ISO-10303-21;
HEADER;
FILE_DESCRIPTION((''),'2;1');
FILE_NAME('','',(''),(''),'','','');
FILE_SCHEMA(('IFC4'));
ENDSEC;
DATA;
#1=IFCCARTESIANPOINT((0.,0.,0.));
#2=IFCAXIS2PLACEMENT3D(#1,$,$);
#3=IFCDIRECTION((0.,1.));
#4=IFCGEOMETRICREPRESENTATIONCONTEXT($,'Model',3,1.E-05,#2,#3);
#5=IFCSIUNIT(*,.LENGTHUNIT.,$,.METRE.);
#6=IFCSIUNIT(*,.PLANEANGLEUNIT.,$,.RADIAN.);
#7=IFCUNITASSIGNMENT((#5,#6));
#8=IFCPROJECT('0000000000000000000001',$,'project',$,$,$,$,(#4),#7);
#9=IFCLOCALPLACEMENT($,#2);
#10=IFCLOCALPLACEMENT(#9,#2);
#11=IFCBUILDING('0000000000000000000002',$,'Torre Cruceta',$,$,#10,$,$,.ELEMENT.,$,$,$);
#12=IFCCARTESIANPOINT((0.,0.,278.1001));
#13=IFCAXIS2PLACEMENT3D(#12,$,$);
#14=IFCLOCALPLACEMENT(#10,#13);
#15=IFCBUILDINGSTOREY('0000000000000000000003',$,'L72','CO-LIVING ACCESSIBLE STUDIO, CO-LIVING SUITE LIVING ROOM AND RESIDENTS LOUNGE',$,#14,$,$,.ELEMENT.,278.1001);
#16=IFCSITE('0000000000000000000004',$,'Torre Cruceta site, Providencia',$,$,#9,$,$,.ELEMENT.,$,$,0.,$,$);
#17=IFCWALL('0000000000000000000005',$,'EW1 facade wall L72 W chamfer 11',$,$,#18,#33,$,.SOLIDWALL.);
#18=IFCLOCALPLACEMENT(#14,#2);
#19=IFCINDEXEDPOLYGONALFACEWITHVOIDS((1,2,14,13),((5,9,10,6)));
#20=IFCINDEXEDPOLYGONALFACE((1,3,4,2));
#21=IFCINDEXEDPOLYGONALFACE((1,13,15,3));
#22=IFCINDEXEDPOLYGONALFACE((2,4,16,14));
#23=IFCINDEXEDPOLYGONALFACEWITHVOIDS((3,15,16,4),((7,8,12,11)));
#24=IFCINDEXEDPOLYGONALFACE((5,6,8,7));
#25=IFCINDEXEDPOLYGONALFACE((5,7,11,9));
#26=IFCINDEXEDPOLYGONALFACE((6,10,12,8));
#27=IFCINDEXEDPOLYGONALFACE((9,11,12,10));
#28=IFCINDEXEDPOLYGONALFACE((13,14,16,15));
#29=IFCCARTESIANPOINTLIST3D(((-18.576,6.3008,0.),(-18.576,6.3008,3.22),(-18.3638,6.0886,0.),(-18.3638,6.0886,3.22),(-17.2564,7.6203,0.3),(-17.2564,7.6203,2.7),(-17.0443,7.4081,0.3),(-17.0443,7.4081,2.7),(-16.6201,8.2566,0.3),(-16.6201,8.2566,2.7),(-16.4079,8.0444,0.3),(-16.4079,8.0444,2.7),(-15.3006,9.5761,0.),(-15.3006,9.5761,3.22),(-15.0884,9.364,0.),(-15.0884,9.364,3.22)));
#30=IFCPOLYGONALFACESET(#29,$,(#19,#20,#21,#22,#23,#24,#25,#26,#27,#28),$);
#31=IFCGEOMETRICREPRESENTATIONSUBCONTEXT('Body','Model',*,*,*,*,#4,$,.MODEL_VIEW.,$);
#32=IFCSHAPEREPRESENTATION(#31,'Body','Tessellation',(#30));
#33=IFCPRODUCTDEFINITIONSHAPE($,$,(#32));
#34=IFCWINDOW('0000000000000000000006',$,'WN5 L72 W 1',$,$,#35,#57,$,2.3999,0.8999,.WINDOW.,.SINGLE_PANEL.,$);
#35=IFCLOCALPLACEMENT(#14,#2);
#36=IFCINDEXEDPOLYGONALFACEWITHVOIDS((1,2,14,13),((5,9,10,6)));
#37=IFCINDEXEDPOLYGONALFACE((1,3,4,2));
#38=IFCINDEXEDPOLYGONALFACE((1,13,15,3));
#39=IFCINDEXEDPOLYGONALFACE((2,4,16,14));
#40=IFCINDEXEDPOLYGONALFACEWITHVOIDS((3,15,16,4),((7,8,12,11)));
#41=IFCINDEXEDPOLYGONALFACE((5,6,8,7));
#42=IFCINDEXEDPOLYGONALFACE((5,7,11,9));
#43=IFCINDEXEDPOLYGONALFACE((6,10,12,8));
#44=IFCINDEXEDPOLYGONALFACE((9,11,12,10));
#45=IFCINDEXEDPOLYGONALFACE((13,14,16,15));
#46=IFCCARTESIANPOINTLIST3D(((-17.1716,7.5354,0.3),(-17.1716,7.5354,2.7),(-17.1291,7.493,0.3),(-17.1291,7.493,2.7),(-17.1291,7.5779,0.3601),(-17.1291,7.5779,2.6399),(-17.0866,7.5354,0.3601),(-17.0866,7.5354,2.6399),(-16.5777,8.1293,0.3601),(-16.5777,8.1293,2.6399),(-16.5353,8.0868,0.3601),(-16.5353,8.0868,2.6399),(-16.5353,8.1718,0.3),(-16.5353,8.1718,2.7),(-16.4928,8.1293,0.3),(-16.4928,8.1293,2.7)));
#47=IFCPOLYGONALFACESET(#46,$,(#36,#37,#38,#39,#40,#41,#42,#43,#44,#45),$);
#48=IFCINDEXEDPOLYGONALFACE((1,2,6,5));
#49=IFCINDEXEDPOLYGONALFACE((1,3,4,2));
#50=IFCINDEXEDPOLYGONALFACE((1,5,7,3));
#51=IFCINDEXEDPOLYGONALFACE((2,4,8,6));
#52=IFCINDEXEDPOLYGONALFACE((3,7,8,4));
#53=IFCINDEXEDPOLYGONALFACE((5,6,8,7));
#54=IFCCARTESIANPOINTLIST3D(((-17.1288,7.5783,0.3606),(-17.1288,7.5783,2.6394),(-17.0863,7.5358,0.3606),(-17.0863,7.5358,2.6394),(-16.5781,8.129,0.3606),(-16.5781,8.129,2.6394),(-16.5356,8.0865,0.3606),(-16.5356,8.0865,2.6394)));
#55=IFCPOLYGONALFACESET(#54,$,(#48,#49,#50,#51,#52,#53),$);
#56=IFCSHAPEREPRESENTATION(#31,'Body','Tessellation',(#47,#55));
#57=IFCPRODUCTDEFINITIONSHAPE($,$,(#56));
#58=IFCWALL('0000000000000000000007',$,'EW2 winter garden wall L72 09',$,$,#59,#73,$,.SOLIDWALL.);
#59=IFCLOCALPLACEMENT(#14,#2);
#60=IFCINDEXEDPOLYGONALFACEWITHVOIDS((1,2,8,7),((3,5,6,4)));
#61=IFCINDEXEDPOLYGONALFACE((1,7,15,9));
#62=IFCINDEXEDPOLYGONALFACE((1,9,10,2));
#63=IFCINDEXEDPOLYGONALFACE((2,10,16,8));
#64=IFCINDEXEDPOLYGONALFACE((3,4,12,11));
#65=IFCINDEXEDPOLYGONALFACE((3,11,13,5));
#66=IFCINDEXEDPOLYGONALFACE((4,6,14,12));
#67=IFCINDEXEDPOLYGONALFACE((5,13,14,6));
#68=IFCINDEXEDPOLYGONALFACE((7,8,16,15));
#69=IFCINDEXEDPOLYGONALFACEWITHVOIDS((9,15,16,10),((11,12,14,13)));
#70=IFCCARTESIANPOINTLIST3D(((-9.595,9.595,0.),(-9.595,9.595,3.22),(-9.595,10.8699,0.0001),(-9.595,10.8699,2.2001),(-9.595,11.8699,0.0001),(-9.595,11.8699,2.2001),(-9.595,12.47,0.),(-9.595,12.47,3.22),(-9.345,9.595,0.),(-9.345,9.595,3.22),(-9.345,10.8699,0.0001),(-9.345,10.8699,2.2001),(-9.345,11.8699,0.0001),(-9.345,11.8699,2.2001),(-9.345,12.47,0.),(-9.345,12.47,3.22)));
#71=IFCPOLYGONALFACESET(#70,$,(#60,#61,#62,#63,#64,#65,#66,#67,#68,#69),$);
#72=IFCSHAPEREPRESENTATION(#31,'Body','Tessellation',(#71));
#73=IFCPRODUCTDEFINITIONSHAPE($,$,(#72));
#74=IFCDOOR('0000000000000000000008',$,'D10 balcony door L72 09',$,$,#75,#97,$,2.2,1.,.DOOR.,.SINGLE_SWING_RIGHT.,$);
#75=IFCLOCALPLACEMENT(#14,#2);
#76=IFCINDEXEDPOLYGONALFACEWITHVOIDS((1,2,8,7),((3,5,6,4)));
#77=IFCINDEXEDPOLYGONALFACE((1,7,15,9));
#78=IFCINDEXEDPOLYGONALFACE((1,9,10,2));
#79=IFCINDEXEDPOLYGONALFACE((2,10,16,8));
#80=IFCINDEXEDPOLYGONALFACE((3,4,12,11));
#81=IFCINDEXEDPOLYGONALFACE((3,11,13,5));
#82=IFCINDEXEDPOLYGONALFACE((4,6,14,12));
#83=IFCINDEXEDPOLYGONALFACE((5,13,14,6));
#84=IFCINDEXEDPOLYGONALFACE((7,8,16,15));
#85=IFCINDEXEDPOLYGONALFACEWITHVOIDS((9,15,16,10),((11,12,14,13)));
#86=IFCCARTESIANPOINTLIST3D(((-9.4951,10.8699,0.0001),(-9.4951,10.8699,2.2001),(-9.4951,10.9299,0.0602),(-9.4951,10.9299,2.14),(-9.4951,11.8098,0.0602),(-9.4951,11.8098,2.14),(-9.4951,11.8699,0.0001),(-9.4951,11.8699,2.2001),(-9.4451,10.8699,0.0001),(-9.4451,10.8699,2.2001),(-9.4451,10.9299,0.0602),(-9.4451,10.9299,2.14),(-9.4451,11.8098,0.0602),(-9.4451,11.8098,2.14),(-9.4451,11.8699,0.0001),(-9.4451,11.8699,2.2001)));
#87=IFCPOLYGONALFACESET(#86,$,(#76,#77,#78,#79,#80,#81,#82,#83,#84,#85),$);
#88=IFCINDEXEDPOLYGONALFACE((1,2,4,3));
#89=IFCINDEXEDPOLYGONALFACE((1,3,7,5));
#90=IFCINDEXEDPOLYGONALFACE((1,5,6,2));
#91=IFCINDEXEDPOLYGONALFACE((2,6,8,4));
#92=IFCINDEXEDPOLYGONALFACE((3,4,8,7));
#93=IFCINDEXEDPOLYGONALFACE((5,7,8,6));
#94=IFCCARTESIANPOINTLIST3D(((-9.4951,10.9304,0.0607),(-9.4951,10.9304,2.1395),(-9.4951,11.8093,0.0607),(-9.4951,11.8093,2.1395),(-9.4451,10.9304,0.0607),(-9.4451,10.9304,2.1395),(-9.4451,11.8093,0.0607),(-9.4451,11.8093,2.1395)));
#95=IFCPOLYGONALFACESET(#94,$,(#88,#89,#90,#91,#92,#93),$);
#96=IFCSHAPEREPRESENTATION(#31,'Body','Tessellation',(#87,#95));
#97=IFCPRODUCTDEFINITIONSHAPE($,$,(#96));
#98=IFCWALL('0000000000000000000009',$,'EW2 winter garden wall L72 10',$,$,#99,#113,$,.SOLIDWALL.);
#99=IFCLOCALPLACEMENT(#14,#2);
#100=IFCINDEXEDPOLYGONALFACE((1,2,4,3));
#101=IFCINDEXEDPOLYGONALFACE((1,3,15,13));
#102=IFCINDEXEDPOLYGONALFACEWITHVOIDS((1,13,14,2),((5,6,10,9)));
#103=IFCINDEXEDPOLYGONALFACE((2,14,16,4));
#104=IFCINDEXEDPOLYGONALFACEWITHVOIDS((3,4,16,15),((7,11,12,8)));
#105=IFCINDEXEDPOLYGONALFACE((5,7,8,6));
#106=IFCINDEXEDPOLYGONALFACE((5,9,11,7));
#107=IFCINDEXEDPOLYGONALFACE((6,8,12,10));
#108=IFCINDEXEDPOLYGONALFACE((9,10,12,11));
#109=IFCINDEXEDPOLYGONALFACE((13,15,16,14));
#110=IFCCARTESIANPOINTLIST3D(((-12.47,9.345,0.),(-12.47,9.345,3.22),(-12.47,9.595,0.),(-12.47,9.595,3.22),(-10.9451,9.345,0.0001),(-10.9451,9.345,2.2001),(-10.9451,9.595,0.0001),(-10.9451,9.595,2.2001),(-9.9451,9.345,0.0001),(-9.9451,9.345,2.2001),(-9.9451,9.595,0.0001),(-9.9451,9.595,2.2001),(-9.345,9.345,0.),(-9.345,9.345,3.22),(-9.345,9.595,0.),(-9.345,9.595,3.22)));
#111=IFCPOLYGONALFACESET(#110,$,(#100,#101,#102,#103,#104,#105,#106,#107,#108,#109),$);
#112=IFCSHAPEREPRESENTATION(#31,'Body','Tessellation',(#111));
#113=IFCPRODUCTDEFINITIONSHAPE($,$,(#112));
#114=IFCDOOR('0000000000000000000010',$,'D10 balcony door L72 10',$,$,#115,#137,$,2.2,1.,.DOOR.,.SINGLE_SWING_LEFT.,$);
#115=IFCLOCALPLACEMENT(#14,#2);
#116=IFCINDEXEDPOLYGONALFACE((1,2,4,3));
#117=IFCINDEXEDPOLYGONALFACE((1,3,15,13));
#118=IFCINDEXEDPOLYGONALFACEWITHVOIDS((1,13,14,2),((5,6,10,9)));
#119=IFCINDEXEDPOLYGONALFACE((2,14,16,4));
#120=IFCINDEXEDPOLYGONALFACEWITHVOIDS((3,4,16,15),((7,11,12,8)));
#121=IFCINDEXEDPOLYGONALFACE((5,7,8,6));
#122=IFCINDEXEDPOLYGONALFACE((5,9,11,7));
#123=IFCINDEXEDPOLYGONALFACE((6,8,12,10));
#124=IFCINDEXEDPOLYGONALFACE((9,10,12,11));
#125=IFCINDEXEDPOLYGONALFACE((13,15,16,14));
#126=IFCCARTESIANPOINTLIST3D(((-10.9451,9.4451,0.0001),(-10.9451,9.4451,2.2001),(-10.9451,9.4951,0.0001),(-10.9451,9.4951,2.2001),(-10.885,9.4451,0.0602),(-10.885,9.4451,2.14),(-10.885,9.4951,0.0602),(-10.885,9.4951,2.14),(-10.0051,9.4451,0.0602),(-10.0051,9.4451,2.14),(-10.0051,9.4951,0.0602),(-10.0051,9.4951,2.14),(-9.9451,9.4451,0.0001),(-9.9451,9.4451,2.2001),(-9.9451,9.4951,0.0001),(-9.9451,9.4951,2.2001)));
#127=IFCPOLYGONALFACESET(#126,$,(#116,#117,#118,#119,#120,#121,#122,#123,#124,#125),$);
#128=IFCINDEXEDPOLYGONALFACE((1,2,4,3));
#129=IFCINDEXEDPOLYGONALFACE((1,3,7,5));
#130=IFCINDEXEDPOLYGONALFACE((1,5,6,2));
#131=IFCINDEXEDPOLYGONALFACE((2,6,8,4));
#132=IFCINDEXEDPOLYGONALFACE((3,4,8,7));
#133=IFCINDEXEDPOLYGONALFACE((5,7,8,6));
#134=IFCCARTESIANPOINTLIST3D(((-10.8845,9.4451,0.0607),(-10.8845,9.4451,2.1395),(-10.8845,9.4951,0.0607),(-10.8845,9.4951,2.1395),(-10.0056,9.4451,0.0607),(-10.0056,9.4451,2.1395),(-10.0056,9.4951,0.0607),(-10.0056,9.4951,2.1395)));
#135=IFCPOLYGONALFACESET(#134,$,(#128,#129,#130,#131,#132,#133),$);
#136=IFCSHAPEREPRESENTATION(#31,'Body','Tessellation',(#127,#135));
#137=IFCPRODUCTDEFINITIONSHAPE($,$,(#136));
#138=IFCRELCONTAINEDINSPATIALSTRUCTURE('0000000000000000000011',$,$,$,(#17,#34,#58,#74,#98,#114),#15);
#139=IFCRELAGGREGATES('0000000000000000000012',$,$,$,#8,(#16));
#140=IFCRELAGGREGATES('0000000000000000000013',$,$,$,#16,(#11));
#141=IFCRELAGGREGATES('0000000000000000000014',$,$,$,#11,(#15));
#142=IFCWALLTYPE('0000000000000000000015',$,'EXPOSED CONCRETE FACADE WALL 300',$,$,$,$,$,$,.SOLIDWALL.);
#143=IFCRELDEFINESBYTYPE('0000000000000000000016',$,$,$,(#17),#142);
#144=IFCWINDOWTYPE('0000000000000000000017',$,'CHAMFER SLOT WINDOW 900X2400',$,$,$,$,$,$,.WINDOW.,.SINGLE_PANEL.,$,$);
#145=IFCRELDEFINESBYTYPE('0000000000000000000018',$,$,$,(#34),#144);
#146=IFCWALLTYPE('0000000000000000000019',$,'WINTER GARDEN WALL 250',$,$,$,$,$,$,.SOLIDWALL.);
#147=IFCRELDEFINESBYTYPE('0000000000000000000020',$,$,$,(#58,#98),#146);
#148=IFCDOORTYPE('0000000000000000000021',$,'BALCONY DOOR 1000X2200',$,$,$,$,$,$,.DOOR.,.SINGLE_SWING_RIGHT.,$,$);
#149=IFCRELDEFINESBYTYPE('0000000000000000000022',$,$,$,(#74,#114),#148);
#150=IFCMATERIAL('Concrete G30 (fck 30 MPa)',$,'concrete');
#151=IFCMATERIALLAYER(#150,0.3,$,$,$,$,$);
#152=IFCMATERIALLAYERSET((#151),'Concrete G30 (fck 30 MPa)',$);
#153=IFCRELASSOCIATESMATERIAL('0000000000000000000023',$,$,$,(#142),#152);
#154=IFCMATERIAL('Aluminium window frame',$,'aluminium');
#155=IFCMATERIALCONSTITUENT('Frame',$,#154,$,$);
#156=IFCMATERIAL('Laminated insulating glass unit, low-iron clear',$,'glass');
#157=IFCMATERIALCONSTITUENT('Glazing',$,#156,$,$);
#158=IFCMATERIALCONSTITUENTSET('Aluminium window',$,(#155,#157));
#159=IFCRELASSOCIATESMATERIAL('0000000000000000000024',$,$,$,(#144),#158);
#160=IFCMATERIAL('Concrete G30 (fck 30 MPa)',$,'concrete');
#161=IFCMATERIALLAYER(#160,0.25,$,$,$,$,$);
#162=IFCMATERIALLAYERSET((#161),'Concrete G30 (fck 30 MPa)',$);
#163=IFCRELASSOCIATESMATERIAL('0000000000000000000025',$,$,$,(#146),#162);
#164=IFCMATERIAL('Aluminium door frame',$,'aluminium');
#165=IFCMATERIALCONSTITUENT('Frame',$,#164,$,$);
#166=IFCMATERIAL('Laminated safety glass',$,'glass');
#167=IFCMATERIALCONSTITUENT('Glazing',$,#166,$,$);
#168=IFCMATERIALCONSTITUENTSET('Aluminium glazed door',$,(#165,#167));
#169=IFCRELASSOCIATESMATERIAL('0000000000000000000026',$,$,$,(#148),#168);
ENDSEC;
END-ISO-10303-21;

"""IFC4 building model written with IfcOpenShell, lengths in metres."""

from ifc_helpers import new_model, si_unit, direction, frame, frame_2d, origin, place, context, subcontext, project, spatial, rectangle, hollow_rectangle, extrude, material, layer, layer_set, constituent, constituent_set, type_object, element, fill, save


model = new_model("IFC4")

# Units and contexts
model_context = context("Model", 3, precision=1e-05, world=origin(), true_north=direction((0.0, 1.0)))
body_context = subcontext(model_context, "Body", "Model", "MODEL_VIEW")
ifc_project = project(units=[si_unit("LENGTHUNIT", "METRE"), si_unit("PLANEANGLEUNIT", "RADIAN")], contexts=[model_context])

# Site, building, storey
site_placement = place(None, origin())
site = spatial("IfcSite", under=ifc_project, at=site_placement, Name="Torre Cruceta site, Providencia", CompositionType="ELEMENT", RefElevation=0.0)
building_placement = place(site_placement, origin())
building = spatial("IfcBuilding", under=site, at=building_placement, Name="Torre Cruceta", CompositionType="ELEMENT")
storey_placement = place(building_placement, frame((0.0, 0.0, 278.1001)))
storey = spatial("IfcBuildingStorey", under=building, at=storey_placement, Name="L72", Description="CO-LIVING ACCESSIBLE STUDIO, CO-LIVING SUITE LIVING ROOM AND RESIDENTS LOUNGE", CompositionType="ELEMENT", Elevation=278.1001)

# Wall, opening, window
ifc_material_1 = material(Name="Concrete G30 (fck 30 MPa)", Category="concrete")
ifc_layer_1 = layer(ifc_material_1, 0.3)
ifc_layer_set_1 = layer_set([ifc_layer_1], Name="Concrete G30 (fck 30 MPa)")
wall_type_1 = type_object("IfcWallType", Name="EXPOSED CONCRETE FACADE WALL 300", PredefinedType="SOLIDWALL", material=ifc_layer_set_1)
wall_1_placement = place(storey_placement, frame((-15.1946, 9.47, 0.0), z_axis=(0.0, 0.0, 1.0), x_axis=(-0.707107, -0.707107, 0.0)))
wall_1 = element("IfcWall", 1, at=wall_1_placement, inside=storey, type_object=wall_type_1, Name="EW1 facade wall L72 W chamfer 11", PredefinedType="SOLIDWALL", context=body_context, shape_type="SweptSolid", body=[
    extrude(rectangle(XDim=4.6321, YDim=0.3, at=frame_2d((2.3159, 0.0))), origin(), (0.0, 0.0, 1.0), 3.22),
])
opening_1_placement = place(wall_1_placement, frame((1.866, 0.0, 0.3)))
opening_1 = element("IfcOpeningElement", 2, at=opening_1_placement, cuts=wall_1, PredefinedType="OPENING", context=body_context, shape_type="SweptSolid", body=[
    extrude(rectangle(XDim=0.8999, YDim=2.3999, at=frame_2d((0.45, 1.2))), frame((0.0, 0.1599, 0.0), z_axis=(0.0, -1.0, 0.0), x_axis=(1.0, 0.0, 0.0)), (0.0, 0.0, 1.0), 0.3201),
])
ifc_material_2 = material(Name="Aluminium window frame", Category="aluminium")
ifc_constituent_1 = constituent(ifc_material_2, Name="Frame")
ifc_material_3 = material(Name="Laminated insulating glass unit, low-iron clear", Category="glass")
ifc_constituent_2 = constituent(ifc_material_3, Name="Glazing")
ifc_constituent_set_1 = constituent_set(constituents=[ifc_constituent_1, ifc_constituent_2], Name="Aluminium window")
window_type = type_object("IfcWindowType", Name="CHAMFER SLOT WINDOW 900X2400", PartitioningType="SINGLE_PANEL", PredefinedType="WINDOW", material=ifc_constituent_set_1)
window_placement = place(opening_1_placement, origin())
window = element("IfcWindow", 3, at=window_placement, inside=storey, type_object=window_type, Name="WN5 L72 W 1", OverallHeight=2.3999, OverallWidth=0.8999, PartitioningType="SINGLE_PANEL", PredefinedType="WINDOW", context=body_context, shape_type="SweptSolid", body=[
    extrude(hollow_rectangle(XDim=0.8999, YDim=2.3999, WallThickness=0.0601, at=frame_2d((0.45, 1.2))), frame((0.0, 0.03, 0.0), z_axis=(0.0, -1.0, 0.0), x_axis=(1.0, 0.0, 0.0)), (0.0, 0.0, 1.0), 0.0601),
    extrude(rectangle(XDim=0.7788, YDim=2.2788, at=frame_2d((0.45, 1.2))), frame((0.0, 0.03, 0.0), z_axis=(0.0, -1.0, 0.0), x_axis=(1.0, 0.0, 0.0)), (0.0, 0.0, 1.0), 0.0601),
])
fill(opening_1, window)

# Walls, openings, doors
ifc_material_4 = material(Name="Concrete G30 (fck 30 MPa)", Category="concrete")
ifc_layer_2 = layer(ifc_material_4, 0.25)
ifc_layer_set_2 = layer_set([ifc_layer_2], Name="Concrete G30 (fck 30 MPa)")
wall_type_2 = type_object("IfcWallType", Name="WINTER GARDEN WALL 250", PredefinedType="SOLIDWALL", material=ifc_layer_set_2)
wall_2_placement = place(storey_placement, frame((-9.47, 12.47, 0.0), z_axis=(0.0, 0.0, 1.0), x_axis=(0.0, -1.0, 0.0)))
wall_2 = element("IfcWall", 4, at=wall_2_placement, inside=storey, type_object=wall_type_2, Name="EW2 winter garden wall L72 09", PredefinedType="SOLIDWALL", context=body_context, shape_type="SweptSolid", body=[
    extrude(rectangle(XDim=2.875, YDim=0.25, at=frame_2d((1.4375, 0.0))), origin(), (0.0, 0.0, 1.0), 3.22),
])
opening_2_placement = place(wall_2_placement, frame((0.6001, 0.0, 0.0)))
opening_2 = element("IfcOpeningElement", 5, at=opening_2_placement, cuts=wall_2, PredefinedType="OPENING", context=body_context, shape_type="SweptSolid", body=[
    extrude(rectangle(XDim=1.0, YDim=2.2, at=frame_2d((0.5, 1.1001))), frame((0.0, 0.135, 0.0), z_axis=(0.0, -1.0, 0.0), x_axis=(1.0, 0.0, 0.0)), (0.0, 0.0, 1.0), 0.27),
])
ifc_material_5 = material(Name="Aluminium door frame", Category="aluminium")
ifc_constituent_3 = constituent(ifc_material_5, Name="Frame")
ifc_material_6 = material(Name="Laminated safety glass", Category="glass")
ifc_constituent_4 = constituent(ifc_material_6, Name="Glazing")
ifc_constituent_set_2 = constituent_set(constituents=[ifc_constituent_3, ifc_constituent_4], Name="Aluminium glazed door")
door_type_1 = type_object("IfcDoorType", Name="BALCONY DOOR 1000X2200", OperationType="SINGLE_SWING_RIGHT", PredefinedType="DOOR", material=ifc_constituent_set_2)
door_1_placement = place(opening_2_placement, origin())
door_1 = element("IfcDoor", 6, at=door_1_placement, inside=storey, type_object=door_type_1, Name="D10 balcony door L72 09", OperationType="SINGLE_SWING_RIGHT", OverallHeight=2.2, OverallWidth=1.0, PredefinedType="DOOR", context=body_context, shape_type="SweptSolid", body=[
    extrude(hollow_rectangle(XDim=1.0, YDim=2.2, WallThickness=0.0601, at=frame_2d((0.5, 1.1001))), frame((0.0, 0.0249, 0.0), z_axis=(0.0, -1.0, 0.0), x_axis=(1.0, 0.0, 0.0)), (0.0, 0.0, 1.0), 0.05),
    extrude(rectangle(XDim=0.8789, YDim=2.0789, at=frame_2d((0.5, 1.1001))), frame((0.0, 0.0249, 0.0), z_axis=(0.0, -1.0, 0.0), x_axis=(1.0, 0.0, 0.0)), (0.0, 0.0, 1.0), 0.05),
])
fill(opening_2, door_1)
wall_3_placement = place(storey_placement, frame((-9.345, 9.47, 0.0), z_axis=(0.0, 0.0, 1.0), x_axis=(-1.0, 0.0, 0.0)))
wall_3 = element("IfcWall", 7, at=wall_3_placement, inside=storey, type_object=wall_type_2, Name="EW2 winter garden wall L72 10", PredefinedType="SOLIDWALL", context=body_context, shape_type="SweptSolid", body=[
    extrude(rectangle(XDim=3.125, YDim=0.25, at=frame_2d((1.5625, 0.0))), origin(), (0.0, 0.0, 1.0), 3.22),
])
opening_3_placement = place(wall_3_placement, frame((0.6001, 0.0, 0.0)))
opening_3 = element("IfcOpeningElement", 8, at=opening_3_placement, cuts=wall_3, PredefinedType="OPENING", context=body_context, shape_type="SweptSolid", body=[
    extrude(rectangle(XDim=1.0, YDim=2.2, at=frame_2d((0.5, 1.1001))), frame((0.0, 0.135, 0.0), z_axis=(0.0, -1.0, 0.0), x_axis=(1.0, 0.0, 0.0)), (0.0, 0.0, 1.0), 0.27),
])
door_2_placement = place(opening_3_placement, origin())
door_2 = element("IfcDoor", 9, at=door_2_placement, inside=storey, type_object=door_type_1, Name="D10 balcony door L72 10", OperationType="SINGLE_SWING_LEFT", OverallHeight=2.2, OverallWidth=1.0, PredefinedType="DOOR", context=body_context, shape_type="SweptSolid", body=[
    extrude(hollow_rectangle(XDim=1.0, YDim=2.2, WallThickness=0.0601, at=frame_2d((0.5, 1.1001))), frame((0.0, 0.0249, 0.0), z_axis=(0.0, -1.0, 0.0), x_axis=(1.0, 0.0, 0.0)), (0.0, 0.0, 1.0), 0.05),
    extrude(rectangle(XDim=0.8789, YDim=2.0789, at=frame_2d((0.5, 1.1001))), frame((0.0, 0.0249, 0.0), z_axis=(0.0, -1.0, 0.0), x_axis=(1.0, 0.0, 0.0)), (0.0, 0.0, 1.0), 0.05),
])
fill(opening_3, door_2)

save(model, "model.ifc")
